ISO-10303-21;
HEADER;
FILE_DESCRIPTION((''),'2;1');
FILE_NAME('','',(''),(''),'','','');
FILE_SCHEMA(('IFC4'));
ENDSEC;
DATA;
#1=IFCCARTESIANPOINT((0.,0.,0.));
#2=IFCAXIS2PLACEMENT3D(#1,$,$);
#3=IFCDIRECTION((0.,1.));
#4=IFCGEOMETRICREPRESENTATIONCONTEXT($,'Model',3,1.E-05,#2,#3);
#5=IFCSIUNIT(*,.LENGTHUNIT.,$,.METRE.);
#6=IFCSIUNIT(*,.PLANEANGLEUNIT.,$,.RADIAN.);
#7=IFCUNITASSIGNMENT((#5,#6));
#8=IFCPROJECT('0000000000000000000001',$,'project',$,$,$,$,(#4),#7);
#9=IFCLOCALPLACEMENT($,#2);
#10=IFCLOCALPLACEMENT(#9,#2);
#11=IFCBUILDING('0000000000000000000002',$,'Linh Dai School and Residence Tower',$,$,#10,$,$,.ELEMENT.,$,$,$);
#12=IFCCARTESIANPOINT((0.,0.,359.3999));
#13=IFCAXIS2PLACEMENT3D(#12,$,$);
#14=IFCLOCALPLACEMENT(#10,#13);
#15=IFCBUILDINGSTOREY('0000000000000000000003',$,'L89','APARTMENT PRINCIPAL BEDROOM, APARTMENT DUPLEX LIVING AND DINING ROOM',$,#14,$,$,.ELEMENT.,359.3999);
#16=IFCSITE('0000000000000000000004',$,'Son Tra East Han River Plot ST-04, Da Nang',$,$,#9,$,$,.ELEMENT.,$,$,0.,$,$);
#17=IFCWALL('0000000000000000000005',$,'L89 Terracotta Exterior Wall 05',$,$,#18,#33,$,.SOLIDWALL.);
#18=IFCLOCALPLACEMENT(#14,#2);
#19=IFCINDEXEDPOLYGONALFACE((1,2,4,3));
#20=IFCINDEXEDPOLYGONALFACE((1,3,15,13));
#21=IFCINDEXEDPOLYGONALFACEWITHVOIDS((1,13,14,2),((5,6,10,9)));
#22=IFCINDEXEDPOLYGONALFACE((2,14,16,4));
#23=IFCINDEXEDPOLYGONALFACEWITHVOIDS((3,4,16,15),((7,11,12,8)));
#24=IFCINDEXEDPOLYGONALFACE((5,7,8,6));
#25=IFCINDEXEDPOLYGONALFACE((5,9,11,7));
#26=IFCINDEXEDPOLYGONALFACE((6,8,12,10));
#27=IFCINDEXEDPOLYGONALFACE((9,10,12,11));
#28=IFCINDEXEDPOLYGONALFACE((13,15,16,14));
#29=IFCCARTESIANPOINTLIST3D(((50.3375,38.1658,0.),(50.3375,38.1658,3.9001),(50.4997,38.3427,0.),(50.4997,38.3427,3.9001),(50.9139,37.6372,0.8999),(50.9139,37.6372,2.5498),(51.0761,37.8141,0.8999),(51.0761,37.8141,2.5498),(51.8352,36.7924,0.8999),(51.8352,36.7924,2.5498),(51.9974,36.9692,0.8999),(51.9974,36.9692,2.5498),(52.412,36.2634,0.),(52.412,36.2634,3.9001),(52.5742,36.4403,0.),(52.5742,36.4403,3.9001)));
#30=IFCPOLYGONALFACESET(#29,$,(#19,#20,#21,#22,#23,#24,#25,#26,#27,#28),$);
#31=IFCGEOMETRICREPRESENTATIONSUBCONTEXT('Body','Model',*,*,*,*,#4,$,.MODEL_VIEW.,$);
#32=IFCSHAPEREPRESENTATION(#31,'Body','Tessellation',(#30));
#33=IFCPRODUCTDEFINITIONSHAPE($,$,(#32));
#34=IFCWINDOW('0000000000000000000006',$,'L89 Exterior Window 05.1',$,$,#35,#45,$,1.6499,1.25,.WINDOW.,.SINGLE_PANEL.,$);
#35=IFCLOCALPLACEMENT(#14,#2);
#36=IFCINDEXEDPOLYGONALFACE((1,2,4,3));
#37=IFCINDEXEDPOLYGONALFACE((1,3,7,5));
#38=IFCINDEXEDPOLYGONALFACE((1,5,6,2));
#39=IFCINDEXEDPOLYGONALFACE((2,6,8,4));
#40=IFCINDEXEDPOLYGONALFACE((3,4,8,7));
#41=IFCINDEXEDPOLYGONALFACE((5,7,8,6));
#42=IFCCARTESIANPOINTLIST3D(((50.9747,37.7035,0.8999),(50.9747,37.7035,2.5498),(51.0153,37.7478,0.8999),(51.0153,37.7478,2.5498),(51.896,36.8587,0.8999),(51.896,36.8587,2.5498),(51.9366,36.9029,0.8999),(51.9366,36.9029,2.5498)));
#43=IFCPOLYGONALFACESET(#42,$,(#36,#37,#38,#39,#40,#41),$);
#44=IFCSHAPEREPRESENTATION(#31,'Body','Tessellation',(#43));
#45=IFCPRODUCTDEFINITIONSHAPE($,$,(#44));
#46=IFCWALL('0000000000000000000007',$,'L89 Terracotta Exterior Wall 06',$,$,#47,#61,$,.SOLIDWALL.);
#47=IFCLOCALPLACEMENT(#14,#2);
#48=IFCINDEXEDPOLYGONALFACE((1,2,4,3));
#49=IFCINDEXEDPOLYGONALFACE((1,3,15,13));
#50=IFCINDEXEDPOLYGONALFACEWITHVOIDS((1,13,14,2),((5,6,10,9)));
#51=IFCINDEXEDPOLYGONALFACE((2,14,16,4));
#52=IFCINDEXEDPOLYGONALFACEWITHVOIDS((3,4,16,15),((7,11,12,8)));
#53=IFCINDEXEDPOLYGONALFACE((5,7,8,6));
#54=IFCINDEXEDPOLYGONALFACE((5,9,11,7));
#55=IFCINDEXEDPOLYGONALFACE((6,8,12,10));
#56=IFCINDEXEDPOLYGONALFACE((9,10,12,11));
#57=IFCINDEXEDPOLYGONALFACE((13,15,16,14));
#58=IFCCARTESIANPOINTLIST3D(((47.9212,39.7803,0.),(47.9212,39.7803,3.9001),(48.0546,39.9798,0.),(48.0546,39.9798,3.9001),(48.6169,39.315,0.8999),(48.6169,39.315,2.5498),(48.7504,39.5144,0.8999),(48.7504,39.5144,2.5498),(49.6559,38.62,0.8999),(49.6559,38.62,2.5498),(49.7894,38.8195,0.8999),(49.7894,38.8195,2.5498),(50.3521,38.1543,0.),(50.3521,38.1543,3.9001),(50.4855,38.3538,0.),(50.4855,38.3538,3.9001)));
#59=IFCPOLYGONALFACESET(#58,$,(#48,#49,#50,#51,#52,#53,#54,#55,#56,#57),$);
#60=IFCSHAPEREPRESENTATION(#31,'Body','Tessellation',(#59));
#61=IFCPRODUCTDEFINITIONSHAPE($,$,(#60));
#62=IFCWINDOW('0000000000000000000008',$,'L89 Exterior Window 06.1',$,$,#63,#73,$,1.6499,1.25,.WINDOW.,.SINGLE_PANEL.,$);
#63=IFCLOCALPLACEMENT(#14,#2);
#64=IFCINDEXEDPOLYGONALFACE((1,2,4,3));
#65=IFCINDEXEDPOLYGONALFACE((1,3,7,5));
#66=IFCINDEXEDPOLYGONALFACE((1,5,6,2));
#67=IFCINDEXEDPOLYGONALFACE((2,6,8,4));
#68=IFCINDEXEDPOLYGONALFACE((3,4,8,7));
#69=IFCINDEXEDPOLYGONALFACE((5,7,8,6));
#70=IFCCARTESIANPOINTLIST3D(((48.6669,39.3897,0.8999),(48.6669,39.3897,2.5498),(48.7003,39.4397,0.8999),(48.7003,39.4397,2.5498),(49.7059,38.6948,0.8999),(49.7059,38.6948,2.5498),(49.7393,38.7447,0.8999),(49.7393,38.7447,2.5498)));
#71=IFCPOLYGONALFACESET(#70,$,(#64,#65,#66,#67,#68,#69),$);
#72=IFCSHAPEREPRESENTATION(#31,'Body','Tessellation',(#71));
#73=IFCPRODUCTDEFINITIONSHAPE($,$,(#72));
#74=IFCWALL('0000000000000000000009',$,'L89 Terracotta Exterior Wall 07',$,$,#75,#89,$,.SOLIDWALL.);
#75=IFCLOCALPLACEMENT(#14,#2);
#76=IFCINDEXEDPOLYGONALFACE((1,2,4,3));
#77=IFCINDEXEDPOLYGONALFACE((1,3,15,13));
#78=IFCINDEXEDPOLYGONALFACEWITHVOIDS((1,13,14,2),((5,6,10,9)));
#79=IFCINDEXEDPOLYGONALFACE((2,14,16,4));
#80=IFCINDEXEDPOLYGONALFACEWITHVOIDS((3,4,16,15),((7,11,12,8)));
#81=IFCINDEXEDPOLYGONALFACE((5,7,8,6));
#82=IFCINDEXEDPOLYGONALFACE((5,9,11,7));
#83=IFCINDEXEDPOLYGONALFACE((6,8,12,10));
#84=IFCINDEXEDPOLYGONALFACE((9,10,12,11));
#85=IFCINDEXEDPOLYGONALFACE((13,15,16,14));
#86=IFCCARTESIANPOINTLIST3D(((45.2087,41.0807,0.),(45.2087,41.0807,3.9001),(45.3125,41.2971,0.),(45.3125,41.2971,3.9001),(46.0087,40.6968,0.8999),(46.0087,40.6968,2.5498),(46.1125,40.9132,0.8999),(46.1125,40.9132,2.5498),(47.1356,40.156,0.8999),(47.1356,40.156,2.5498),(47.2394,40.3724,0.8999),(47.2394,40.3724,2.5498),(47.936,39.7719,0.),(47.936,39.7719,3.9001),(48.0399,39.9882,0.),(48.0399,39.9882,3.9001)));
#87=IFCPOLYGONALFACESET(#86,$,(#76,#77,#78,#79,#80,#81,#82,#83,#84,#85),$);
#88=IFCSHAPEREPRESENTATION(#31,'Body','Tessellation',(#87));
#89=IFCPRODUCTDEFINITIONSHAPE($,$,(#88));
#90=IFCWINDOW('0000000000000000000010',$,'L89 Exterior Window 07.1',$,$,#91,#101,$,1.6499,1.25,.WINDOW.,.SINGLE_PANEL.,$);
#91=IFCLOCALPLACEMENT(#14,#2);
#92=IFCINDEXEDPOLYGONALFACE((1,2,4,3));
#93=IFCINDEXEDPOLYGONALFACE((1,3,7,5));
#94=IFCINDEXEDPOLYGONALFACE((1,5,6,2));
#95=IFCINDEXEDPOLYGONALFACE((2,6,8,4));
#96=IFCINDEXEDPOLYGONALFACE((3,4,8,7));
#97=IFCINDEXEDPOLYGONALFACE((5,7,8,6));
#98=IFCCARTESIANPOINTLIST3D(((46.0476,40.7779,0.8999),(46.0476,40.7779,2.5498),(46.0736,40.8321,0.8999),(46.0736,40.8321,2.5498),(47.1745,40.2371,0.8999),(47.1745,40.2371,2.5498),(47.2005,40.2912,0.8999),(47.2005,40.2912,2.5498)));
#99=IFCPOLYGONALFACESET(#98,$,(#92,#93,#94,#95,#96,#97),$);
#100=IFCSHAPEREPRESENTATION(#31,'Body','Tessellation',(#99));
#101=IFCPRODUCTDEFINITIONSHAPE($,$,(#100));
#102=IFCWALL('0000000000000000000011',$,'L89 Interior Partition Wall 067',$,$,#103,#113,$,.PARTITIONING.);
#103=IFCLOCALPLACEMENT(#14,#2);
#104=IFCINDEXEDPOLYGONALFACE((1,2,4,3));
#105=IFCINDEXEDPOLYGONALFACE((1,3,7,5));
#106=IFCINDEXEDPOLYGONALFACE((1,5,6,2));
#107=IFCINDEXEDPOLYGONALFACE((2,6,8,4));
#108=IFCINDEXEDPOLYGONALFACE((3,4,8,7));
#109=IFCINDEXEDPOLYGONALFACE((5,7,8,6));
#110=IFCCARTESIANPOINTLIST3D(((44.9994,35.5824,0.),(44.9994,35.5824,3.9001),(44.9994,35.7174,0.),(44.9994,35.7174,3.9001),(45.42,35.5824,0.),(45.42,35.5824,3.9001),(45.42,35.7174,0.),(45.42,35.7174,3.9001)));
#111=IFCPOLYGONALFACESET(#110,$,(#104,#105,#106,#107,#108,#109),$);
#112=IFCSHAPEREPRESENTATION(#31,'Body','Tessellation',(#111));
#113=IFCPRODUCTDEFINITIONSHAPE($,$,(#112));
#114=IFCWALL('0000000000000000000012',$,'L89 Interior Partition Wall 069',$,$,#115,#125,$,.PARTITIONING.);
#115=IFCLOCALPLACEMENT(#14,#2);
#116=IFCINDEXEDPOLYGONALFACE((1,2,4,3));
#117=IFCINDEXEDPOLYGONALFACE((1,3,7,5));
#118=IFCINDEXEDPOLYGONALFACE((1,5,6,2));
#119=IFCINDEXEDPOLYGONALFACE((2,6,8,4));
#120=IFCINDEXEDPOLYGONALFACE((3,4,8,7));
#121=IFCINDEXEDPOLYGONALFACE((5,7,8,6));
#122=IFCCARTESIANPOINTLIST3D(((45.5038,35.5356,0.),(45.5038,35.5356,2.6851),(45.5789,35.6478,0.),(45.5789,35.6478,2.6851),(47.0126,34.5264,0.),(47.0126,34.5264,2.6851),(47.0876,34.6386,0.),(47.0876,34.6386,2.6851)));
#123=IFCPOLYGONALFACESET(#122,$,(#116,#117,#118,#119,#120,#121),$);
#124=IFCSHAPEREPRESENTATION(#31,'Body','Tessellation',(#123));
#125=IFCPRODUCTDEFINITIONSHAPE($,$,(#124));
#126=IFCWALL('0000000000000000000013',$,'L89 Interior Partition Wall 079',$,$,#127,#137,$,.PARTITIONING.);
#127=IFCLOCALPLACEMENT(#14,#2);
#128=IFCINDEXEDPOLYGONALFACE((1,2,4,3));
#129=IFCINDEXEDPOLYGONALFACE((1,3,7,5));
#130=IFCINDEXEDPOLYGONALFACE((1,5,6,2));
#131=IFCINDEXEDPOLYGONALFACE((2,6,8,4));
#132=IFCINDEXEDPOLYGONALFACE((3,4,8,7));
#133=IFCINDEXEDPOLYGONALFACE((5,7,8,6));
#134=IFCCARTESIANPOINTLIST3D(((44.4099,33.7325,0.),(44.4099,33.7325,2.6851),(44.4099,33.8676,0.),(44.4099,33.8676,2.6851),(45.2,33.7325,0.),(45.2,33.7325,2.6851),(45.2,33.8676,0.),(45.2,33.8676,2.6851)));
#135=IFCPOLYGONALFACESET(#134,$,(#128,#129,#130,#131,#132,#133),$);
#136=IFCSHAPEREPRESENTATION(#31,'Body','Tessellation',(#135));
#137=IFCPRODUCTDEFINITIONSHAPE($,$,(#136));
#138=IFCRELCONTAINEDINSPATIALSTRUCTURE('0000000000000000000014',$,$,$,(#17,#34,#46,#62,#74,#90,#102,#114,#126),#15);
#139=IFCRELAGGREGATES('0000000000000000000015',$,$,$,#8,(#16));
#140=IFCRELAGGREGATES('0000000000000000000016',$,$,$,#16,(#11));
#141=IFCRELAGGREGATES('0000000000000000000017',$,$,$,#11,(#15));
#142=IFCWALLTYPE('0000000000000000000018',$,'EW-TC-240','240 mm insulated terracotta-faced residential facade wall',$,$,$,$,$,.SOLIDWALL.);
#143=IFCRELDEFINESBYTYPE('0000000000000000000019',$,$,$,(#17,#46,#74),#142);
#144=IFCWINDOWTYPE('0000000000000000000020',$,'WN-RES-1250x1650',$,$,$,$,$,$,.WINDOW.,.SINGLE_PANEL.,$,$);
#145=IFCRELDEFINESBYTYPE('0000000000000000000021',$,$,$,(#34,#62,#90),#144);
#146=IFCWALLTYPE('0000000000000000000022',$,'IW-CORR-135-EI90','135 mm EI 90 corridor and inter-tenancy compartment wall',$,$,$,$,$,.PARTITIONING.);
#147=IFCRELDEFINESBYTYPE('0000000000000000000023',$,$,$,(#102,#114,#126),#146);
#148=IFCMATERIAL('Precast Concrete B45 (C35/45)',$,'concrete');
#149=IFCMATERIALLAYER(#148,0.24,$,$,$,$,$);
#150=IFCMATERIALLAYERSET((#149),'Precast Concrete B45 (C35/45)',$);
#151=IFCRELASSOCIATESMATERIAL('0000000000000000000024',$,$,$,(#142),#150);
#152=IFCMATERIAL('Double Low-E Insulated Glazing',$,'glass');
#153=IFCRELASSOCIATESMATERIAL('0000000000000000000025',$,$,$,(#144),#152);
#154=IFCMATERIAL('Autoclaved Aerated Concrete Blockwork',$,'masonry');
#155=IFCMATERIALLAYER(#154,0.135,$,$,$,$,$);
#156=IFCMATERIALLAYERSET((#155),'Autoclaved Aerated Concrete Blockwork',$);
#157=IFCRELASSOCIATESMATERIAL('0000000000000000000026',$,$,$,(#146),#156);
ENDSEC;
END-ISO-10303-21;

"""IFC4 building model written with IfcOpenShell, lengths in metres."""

from ifc_helpers import new_model, si_unit, direction, frame, frame_2d, origin, origin_2d, place, context, subcontext, project, spatial, rectangle, extrude, source, transform, mapped, material, layer, layer_set, type_object, element, fill, save


model = new_model("IFC4")

# Units and contexts
model_context = context("Model", 3, precision=1e-05, world=origin(), true_north=direction((0.0, 1.0)))
body_context = subcontext(model_context, "Body", "Model", "MODEL_VIEW")
ifc_project = project(units=[si_unit("LENGTHUNIT", "METRE"), si_unit("PLANEANGLEUNIT", "RADIAN")], contexts=[model_context])

# Site, building, storey
site_placement = place(None, origin())
site = spatial("IfcSite", under=ifc_project, at=site_placement, Name="Son Tra East Han River Plot ST-04, Da Nang", CompositionType="ELEMENT", RefElevation=0.0)
building_placement = place(site_placement, origin())
building = spatial("IfcBuilding", under=site, at=building_placement, Name="Linh Dai School and Residence Tower", CompositionType="ELEMENT")
storey_placement = place(building_placement, frame((0.0, 0.0, 359.3999)))
storey = spatial("IfcBuildingStorey", under=building, at=storey_placement, Name="L89", Description="APARTMENT PRINCIPAL BEDROOM, APARTMENT DUPLEX LIVING AND DINING ROOM", CompositionType="ELEMENT", Elevation=359.3999)

# Shared definitions
ifc_material_1 = material(Name="Double Low-E Insulated Glazing", Category="glass")

# Shared definitions
ifc_material_2 = material(Name="Precast Concrete B45 (C35/45)", Category="concrete")
ifc_layer_1 = layer(ifc_material_2, 0.24)
ifc_layer_set_1 = layer_set([ifc_layer_1], Name="Precast Concrete B45 (C35/45)")
wall_type_1 = type_object("IfcWallType", Name="EW-TC-240", Description="240 mm insulated terracotta-faced residential facade wall", PredefinedType="SOLIDWALL", material=ifc_layer_set_1)

# Walls, openings, windows
wall_1_placement = place(storey_placement, frame((50.4187, 38.2542, 0.0), z_axis=(0.0, 0.0, 1.0), x_axis=(0.737021, -0.67587, 0.0)))
wall_1 = element("IfcWall", 1, at=wall_1_placement, inside=storey, type_object=wall_type_1, Name="L89 Terracotta Exterior Wall 05", PredefinedType="SOLIDWALL", context=body_context, shape_type="SweptSolid", body=[
    extrude(rectangle(XDim=2.8147, YDim=0.24, at=frame_2d((1.4072, 0.0))), origin(), (0.0, 0.0, 1.0), 3.9001),
])
opening_1_placement = place(wall_1_placement, frame((0.782, 0.0, 0.8999)))
opening_1 = element("IfcOpeningElement", 2, at=opening_1_placement, cuts=wall_1, PredefinedType="OPENING", context=body_context, shape_type="SweptSolid", body=[
    extrude(rectangle(XDim=1.25, YDim=1.6499, at=origin_2d()), frame((0.625, 0.1299, 0.825), z_axis=(0.0, -1.0, 0.0), x_axis=(1.0, 0.0, 0.0)), (0.0, 0.0, 1.0), 0.26),
])
window_type = type_object("IfcWindowType", Name="WN-RES-1250x1650", PartitioningType="SINGLE_PANEL", PredefinedType="WINDOW", material=ifc_material_1)
shared_shape_1 = source(origin(), body_context, "Body", "SweptSolid", [
    extrude(rectangle(XDim=1.25, YDim=1.6499, at=origin_2d()), frame((0.625, 0.03, 0.825), z_axis=(0.0, -1.0, 0.0), x_axis=(1.0, 0.0, 0.0)), (0.0, 0.0, 1.0), 0.0601),
])
window_1_placement = place(opening_1_placement, origin())
window_1 = element("IfcWindow", 3, at=window_1_placement, inside=storey, type_object=window_type, Name="L89 Exterior Window 05.1", OverallHeight=1.6499, OverallWidth=1.25, PartitioningType="SINGLE_PANEL", PredefinedType="WINDOW", context=body_context, shape_type="MappedRepresentation", body=[
    mapped(shared_shape_1, transform((0.0, 0.0, 0.0), x_axis=(1.0, 0.0, 0.0), y_axis=(0.0, 1.0, 0.0), z_axis=(0.0, 0.0, 1.0), scale=1.0)),
])
fill(opening_1, window_1)
wall_2_placement = place(storey_placement, frame((47.9878, 39.8801, 0.0), z_axis=(0.0, 0.0, 1.0), x_axis=(0.831202, -0.555971, 0.0)))
wall_2 = element("IfcWall", 4, at=wall_2_placement, inside=storey, type_object=wall_type_1, Name="L89 Terracotta Exterior Wall 06", PredefinedType="SOLIDWALL", context=body_context, shape_type="SweptSolid", body=[
    extrude(rectangle(XDim=2.9246, YDim=0.24, at=frame_2d((1.4624, 0.0))), origin(), (0.0, 0.0, 1.0), 3.9001),
])
opening_2_placement = place(wall_2_placement, frame((0.8372, 0.0, 0.8999)))
opening_2 = element("IfcOpeningElement", 5, at=opening_2_placement, cuts=wall_2, PredefinedType="OPENING", context=body_context, shape_type="SweptSolid", body=[
    extrude(rectangle(XDim=1.25, YDim=1.6499, at=origin_2d()), frame((0.625, 0.1299, 0.825), z_axis=(0.0, -1.0, 0.0), x_axis=(1.0, 0.0, 0.0)), (0.0, 0.0, 1.0), 0.26),
])
window_2_placement = place(opening_2_placement, origin())
window_2 = element("IfcWindow", 6, at=window_2_placement, inside=storey, type_object=window_type, Name="L89 Exterior Window 06.1", OverallHeight=1.6499, OverallWidth=1.25, PartitioningType="SINGLE_PANEL", PredefinedType="WINDOW", context=body_context, shape_type="MappedRepresentation", body=[
    mapped(shared_shape_1, transform((0.0, 0.0, 0.0), x_axis=(1.0, 0.0, 0.0), y_axis=(0.0, 1.0, 0.0), z_axis=(0.0, 0.0, 1.0), scale=1.0)),
])
fill(opening_2, window_2)
wall_3_placement = place(storey_placement, frame((45.2605, 41.189, 0.0), z_axis=(0.0, 0.0, 1.0), x_axis=(0.901557, -0.43266, 0.0)))
wall_3 = element("IfcWall", 7, at=wall_3_placement, inside=storey, type_object=wall_type_1, Name="L89 Terracotta Exterior Wall 07", PredefinedType="SOLIDWALL", context=body_context, shape_type="SweptSolid", body=[
    extrude(rectangle(XDim=3.0251, YDim=0.24, at=frame_2d((1.5127, 0.0))), origin(), (0.0, 0.0, 1.0), 3.9001),
])
opening_3_placement = place(wall_3_placement, frame((0.8875, 0.0, 0.8999)))
opening_3 = element("IfcOpeningElement", 8, at=opening_3_placement, cuts=wall_3, PredefinedType="OPENING", context=body_context, shape_type="SweptSolid", body=[
    extrude(rectangle(XDim=1.25, YDim=1.6499, at=origin_2d()), frame((0.625, 0.1299, 0.825), z_axis=(0.0, -1.0, 0.0), x_axis=(1.0, 0.0, 0.0)), (0.0, 0.0, 1.0), 0.26),
])
window_3_placement = place(opening_3_placement, origin())
window_3 = element("IfcWindow", 9, at=window_3_placement, inside=storey, type_object=window_type, Name="L89 Exterior Window 07.1", OverallHeight=1.6499, OverallWidth=1.25, PartitioningType="SINGLE_PANEL", PredefinedType="WINDOW", context=body_context, shape_type="MappedRepresentation", body=[
    mapped(shared_shape_1, transform((0.0, 0.0, 0.0), x_axis=(1.0, 0.0, 0.0), y_axis=(0.0, 1.0, 0.0), z_axis=(0.0, 0.0, 1.0), scale=1.0)),
])
fill(opening_3, window_3)

# Walls
ifc_material_3 = material(Name="Autoclaved Aerated Concrete Blockwork", Category="masonry")
ifc_layer_2 = layer(ifc_material_3, 0.135)
ifc_layer_set_2 = layer_set([ifc_layer_2], Name="Autoclaved Aerated Concrete Blockwork")
wall_type_2 = type_object("IfcWallType", Name="IW-CORR-135-EI90", Description="135 mm EI 90 corridor and inter-tenancy compartment wall", PredefinedType="PARTITIONING", material=ifc_layer_set_2)
wall_4_placement = place(storey_placement, frame((44.9993, 35.6499, 0.0), z_axis=(0.0, 0.0, 1.0), x_axis=(1.0, 0.0, 0.0)))
element("IfcWall", 10, at=wall_4_placement, inside=storey, type_object=wall_type_2, Name="L89 Interior Partition Wall 067", PredefinedType="PARTITIONING", context=body_context, shape_type="SweptSolid", body=[
    extrude(rectangle(XDim=0.4207, YDim=0.135, at=frame_2d((0.2104, 0.0))), origin(), (0.0, 0.0, 1.0), 3.9001),
])
wall_5_placement = place(storey_placement, frame((45.5413, 35.5918, 0.0), z_axis=(0.0, 0.0, 1.0), x_axis=(0.83118, -0.556003, 0.0)))
element("IfcWall", 11, at=wall_5_placement, inside=storey, type_object=wall_type_2, Name="L89 Interior Partition Wall 069", PredefinedType="PARTITIONING", context=body_context, shape_type="SweptSolid", body=[
    extrude(rectangle(XDim=1.8152, YDim=0.135, at=frame_2d((0.9077, 0.0))), origin(), (0.0, 0.0, 1.0), 2.6851),
])
wall_6_placement = place(storey_placement, frame((45.2, 33.8, 0.0), z_axis=(0.0, 0.0, 1.0), x_axis=(-1.0, 0.0, 0.0)))
element("IfcWall", 12, at=wall_6_placement, inside=storey, type_object=wall_type_2, Name="L89 Interior Partition Wall 079", PredefinedType="PARTITIONING", context=body_context, shape_type="SweptSolid", body=[
    extrude(rectangle(XDim=0.79, YDim=0.135, at=frame_2d((0.395, 0.0))), origin(), (0.0, 0.0, 1.0), 2.6851),
])

save(model, "model.ifc")
